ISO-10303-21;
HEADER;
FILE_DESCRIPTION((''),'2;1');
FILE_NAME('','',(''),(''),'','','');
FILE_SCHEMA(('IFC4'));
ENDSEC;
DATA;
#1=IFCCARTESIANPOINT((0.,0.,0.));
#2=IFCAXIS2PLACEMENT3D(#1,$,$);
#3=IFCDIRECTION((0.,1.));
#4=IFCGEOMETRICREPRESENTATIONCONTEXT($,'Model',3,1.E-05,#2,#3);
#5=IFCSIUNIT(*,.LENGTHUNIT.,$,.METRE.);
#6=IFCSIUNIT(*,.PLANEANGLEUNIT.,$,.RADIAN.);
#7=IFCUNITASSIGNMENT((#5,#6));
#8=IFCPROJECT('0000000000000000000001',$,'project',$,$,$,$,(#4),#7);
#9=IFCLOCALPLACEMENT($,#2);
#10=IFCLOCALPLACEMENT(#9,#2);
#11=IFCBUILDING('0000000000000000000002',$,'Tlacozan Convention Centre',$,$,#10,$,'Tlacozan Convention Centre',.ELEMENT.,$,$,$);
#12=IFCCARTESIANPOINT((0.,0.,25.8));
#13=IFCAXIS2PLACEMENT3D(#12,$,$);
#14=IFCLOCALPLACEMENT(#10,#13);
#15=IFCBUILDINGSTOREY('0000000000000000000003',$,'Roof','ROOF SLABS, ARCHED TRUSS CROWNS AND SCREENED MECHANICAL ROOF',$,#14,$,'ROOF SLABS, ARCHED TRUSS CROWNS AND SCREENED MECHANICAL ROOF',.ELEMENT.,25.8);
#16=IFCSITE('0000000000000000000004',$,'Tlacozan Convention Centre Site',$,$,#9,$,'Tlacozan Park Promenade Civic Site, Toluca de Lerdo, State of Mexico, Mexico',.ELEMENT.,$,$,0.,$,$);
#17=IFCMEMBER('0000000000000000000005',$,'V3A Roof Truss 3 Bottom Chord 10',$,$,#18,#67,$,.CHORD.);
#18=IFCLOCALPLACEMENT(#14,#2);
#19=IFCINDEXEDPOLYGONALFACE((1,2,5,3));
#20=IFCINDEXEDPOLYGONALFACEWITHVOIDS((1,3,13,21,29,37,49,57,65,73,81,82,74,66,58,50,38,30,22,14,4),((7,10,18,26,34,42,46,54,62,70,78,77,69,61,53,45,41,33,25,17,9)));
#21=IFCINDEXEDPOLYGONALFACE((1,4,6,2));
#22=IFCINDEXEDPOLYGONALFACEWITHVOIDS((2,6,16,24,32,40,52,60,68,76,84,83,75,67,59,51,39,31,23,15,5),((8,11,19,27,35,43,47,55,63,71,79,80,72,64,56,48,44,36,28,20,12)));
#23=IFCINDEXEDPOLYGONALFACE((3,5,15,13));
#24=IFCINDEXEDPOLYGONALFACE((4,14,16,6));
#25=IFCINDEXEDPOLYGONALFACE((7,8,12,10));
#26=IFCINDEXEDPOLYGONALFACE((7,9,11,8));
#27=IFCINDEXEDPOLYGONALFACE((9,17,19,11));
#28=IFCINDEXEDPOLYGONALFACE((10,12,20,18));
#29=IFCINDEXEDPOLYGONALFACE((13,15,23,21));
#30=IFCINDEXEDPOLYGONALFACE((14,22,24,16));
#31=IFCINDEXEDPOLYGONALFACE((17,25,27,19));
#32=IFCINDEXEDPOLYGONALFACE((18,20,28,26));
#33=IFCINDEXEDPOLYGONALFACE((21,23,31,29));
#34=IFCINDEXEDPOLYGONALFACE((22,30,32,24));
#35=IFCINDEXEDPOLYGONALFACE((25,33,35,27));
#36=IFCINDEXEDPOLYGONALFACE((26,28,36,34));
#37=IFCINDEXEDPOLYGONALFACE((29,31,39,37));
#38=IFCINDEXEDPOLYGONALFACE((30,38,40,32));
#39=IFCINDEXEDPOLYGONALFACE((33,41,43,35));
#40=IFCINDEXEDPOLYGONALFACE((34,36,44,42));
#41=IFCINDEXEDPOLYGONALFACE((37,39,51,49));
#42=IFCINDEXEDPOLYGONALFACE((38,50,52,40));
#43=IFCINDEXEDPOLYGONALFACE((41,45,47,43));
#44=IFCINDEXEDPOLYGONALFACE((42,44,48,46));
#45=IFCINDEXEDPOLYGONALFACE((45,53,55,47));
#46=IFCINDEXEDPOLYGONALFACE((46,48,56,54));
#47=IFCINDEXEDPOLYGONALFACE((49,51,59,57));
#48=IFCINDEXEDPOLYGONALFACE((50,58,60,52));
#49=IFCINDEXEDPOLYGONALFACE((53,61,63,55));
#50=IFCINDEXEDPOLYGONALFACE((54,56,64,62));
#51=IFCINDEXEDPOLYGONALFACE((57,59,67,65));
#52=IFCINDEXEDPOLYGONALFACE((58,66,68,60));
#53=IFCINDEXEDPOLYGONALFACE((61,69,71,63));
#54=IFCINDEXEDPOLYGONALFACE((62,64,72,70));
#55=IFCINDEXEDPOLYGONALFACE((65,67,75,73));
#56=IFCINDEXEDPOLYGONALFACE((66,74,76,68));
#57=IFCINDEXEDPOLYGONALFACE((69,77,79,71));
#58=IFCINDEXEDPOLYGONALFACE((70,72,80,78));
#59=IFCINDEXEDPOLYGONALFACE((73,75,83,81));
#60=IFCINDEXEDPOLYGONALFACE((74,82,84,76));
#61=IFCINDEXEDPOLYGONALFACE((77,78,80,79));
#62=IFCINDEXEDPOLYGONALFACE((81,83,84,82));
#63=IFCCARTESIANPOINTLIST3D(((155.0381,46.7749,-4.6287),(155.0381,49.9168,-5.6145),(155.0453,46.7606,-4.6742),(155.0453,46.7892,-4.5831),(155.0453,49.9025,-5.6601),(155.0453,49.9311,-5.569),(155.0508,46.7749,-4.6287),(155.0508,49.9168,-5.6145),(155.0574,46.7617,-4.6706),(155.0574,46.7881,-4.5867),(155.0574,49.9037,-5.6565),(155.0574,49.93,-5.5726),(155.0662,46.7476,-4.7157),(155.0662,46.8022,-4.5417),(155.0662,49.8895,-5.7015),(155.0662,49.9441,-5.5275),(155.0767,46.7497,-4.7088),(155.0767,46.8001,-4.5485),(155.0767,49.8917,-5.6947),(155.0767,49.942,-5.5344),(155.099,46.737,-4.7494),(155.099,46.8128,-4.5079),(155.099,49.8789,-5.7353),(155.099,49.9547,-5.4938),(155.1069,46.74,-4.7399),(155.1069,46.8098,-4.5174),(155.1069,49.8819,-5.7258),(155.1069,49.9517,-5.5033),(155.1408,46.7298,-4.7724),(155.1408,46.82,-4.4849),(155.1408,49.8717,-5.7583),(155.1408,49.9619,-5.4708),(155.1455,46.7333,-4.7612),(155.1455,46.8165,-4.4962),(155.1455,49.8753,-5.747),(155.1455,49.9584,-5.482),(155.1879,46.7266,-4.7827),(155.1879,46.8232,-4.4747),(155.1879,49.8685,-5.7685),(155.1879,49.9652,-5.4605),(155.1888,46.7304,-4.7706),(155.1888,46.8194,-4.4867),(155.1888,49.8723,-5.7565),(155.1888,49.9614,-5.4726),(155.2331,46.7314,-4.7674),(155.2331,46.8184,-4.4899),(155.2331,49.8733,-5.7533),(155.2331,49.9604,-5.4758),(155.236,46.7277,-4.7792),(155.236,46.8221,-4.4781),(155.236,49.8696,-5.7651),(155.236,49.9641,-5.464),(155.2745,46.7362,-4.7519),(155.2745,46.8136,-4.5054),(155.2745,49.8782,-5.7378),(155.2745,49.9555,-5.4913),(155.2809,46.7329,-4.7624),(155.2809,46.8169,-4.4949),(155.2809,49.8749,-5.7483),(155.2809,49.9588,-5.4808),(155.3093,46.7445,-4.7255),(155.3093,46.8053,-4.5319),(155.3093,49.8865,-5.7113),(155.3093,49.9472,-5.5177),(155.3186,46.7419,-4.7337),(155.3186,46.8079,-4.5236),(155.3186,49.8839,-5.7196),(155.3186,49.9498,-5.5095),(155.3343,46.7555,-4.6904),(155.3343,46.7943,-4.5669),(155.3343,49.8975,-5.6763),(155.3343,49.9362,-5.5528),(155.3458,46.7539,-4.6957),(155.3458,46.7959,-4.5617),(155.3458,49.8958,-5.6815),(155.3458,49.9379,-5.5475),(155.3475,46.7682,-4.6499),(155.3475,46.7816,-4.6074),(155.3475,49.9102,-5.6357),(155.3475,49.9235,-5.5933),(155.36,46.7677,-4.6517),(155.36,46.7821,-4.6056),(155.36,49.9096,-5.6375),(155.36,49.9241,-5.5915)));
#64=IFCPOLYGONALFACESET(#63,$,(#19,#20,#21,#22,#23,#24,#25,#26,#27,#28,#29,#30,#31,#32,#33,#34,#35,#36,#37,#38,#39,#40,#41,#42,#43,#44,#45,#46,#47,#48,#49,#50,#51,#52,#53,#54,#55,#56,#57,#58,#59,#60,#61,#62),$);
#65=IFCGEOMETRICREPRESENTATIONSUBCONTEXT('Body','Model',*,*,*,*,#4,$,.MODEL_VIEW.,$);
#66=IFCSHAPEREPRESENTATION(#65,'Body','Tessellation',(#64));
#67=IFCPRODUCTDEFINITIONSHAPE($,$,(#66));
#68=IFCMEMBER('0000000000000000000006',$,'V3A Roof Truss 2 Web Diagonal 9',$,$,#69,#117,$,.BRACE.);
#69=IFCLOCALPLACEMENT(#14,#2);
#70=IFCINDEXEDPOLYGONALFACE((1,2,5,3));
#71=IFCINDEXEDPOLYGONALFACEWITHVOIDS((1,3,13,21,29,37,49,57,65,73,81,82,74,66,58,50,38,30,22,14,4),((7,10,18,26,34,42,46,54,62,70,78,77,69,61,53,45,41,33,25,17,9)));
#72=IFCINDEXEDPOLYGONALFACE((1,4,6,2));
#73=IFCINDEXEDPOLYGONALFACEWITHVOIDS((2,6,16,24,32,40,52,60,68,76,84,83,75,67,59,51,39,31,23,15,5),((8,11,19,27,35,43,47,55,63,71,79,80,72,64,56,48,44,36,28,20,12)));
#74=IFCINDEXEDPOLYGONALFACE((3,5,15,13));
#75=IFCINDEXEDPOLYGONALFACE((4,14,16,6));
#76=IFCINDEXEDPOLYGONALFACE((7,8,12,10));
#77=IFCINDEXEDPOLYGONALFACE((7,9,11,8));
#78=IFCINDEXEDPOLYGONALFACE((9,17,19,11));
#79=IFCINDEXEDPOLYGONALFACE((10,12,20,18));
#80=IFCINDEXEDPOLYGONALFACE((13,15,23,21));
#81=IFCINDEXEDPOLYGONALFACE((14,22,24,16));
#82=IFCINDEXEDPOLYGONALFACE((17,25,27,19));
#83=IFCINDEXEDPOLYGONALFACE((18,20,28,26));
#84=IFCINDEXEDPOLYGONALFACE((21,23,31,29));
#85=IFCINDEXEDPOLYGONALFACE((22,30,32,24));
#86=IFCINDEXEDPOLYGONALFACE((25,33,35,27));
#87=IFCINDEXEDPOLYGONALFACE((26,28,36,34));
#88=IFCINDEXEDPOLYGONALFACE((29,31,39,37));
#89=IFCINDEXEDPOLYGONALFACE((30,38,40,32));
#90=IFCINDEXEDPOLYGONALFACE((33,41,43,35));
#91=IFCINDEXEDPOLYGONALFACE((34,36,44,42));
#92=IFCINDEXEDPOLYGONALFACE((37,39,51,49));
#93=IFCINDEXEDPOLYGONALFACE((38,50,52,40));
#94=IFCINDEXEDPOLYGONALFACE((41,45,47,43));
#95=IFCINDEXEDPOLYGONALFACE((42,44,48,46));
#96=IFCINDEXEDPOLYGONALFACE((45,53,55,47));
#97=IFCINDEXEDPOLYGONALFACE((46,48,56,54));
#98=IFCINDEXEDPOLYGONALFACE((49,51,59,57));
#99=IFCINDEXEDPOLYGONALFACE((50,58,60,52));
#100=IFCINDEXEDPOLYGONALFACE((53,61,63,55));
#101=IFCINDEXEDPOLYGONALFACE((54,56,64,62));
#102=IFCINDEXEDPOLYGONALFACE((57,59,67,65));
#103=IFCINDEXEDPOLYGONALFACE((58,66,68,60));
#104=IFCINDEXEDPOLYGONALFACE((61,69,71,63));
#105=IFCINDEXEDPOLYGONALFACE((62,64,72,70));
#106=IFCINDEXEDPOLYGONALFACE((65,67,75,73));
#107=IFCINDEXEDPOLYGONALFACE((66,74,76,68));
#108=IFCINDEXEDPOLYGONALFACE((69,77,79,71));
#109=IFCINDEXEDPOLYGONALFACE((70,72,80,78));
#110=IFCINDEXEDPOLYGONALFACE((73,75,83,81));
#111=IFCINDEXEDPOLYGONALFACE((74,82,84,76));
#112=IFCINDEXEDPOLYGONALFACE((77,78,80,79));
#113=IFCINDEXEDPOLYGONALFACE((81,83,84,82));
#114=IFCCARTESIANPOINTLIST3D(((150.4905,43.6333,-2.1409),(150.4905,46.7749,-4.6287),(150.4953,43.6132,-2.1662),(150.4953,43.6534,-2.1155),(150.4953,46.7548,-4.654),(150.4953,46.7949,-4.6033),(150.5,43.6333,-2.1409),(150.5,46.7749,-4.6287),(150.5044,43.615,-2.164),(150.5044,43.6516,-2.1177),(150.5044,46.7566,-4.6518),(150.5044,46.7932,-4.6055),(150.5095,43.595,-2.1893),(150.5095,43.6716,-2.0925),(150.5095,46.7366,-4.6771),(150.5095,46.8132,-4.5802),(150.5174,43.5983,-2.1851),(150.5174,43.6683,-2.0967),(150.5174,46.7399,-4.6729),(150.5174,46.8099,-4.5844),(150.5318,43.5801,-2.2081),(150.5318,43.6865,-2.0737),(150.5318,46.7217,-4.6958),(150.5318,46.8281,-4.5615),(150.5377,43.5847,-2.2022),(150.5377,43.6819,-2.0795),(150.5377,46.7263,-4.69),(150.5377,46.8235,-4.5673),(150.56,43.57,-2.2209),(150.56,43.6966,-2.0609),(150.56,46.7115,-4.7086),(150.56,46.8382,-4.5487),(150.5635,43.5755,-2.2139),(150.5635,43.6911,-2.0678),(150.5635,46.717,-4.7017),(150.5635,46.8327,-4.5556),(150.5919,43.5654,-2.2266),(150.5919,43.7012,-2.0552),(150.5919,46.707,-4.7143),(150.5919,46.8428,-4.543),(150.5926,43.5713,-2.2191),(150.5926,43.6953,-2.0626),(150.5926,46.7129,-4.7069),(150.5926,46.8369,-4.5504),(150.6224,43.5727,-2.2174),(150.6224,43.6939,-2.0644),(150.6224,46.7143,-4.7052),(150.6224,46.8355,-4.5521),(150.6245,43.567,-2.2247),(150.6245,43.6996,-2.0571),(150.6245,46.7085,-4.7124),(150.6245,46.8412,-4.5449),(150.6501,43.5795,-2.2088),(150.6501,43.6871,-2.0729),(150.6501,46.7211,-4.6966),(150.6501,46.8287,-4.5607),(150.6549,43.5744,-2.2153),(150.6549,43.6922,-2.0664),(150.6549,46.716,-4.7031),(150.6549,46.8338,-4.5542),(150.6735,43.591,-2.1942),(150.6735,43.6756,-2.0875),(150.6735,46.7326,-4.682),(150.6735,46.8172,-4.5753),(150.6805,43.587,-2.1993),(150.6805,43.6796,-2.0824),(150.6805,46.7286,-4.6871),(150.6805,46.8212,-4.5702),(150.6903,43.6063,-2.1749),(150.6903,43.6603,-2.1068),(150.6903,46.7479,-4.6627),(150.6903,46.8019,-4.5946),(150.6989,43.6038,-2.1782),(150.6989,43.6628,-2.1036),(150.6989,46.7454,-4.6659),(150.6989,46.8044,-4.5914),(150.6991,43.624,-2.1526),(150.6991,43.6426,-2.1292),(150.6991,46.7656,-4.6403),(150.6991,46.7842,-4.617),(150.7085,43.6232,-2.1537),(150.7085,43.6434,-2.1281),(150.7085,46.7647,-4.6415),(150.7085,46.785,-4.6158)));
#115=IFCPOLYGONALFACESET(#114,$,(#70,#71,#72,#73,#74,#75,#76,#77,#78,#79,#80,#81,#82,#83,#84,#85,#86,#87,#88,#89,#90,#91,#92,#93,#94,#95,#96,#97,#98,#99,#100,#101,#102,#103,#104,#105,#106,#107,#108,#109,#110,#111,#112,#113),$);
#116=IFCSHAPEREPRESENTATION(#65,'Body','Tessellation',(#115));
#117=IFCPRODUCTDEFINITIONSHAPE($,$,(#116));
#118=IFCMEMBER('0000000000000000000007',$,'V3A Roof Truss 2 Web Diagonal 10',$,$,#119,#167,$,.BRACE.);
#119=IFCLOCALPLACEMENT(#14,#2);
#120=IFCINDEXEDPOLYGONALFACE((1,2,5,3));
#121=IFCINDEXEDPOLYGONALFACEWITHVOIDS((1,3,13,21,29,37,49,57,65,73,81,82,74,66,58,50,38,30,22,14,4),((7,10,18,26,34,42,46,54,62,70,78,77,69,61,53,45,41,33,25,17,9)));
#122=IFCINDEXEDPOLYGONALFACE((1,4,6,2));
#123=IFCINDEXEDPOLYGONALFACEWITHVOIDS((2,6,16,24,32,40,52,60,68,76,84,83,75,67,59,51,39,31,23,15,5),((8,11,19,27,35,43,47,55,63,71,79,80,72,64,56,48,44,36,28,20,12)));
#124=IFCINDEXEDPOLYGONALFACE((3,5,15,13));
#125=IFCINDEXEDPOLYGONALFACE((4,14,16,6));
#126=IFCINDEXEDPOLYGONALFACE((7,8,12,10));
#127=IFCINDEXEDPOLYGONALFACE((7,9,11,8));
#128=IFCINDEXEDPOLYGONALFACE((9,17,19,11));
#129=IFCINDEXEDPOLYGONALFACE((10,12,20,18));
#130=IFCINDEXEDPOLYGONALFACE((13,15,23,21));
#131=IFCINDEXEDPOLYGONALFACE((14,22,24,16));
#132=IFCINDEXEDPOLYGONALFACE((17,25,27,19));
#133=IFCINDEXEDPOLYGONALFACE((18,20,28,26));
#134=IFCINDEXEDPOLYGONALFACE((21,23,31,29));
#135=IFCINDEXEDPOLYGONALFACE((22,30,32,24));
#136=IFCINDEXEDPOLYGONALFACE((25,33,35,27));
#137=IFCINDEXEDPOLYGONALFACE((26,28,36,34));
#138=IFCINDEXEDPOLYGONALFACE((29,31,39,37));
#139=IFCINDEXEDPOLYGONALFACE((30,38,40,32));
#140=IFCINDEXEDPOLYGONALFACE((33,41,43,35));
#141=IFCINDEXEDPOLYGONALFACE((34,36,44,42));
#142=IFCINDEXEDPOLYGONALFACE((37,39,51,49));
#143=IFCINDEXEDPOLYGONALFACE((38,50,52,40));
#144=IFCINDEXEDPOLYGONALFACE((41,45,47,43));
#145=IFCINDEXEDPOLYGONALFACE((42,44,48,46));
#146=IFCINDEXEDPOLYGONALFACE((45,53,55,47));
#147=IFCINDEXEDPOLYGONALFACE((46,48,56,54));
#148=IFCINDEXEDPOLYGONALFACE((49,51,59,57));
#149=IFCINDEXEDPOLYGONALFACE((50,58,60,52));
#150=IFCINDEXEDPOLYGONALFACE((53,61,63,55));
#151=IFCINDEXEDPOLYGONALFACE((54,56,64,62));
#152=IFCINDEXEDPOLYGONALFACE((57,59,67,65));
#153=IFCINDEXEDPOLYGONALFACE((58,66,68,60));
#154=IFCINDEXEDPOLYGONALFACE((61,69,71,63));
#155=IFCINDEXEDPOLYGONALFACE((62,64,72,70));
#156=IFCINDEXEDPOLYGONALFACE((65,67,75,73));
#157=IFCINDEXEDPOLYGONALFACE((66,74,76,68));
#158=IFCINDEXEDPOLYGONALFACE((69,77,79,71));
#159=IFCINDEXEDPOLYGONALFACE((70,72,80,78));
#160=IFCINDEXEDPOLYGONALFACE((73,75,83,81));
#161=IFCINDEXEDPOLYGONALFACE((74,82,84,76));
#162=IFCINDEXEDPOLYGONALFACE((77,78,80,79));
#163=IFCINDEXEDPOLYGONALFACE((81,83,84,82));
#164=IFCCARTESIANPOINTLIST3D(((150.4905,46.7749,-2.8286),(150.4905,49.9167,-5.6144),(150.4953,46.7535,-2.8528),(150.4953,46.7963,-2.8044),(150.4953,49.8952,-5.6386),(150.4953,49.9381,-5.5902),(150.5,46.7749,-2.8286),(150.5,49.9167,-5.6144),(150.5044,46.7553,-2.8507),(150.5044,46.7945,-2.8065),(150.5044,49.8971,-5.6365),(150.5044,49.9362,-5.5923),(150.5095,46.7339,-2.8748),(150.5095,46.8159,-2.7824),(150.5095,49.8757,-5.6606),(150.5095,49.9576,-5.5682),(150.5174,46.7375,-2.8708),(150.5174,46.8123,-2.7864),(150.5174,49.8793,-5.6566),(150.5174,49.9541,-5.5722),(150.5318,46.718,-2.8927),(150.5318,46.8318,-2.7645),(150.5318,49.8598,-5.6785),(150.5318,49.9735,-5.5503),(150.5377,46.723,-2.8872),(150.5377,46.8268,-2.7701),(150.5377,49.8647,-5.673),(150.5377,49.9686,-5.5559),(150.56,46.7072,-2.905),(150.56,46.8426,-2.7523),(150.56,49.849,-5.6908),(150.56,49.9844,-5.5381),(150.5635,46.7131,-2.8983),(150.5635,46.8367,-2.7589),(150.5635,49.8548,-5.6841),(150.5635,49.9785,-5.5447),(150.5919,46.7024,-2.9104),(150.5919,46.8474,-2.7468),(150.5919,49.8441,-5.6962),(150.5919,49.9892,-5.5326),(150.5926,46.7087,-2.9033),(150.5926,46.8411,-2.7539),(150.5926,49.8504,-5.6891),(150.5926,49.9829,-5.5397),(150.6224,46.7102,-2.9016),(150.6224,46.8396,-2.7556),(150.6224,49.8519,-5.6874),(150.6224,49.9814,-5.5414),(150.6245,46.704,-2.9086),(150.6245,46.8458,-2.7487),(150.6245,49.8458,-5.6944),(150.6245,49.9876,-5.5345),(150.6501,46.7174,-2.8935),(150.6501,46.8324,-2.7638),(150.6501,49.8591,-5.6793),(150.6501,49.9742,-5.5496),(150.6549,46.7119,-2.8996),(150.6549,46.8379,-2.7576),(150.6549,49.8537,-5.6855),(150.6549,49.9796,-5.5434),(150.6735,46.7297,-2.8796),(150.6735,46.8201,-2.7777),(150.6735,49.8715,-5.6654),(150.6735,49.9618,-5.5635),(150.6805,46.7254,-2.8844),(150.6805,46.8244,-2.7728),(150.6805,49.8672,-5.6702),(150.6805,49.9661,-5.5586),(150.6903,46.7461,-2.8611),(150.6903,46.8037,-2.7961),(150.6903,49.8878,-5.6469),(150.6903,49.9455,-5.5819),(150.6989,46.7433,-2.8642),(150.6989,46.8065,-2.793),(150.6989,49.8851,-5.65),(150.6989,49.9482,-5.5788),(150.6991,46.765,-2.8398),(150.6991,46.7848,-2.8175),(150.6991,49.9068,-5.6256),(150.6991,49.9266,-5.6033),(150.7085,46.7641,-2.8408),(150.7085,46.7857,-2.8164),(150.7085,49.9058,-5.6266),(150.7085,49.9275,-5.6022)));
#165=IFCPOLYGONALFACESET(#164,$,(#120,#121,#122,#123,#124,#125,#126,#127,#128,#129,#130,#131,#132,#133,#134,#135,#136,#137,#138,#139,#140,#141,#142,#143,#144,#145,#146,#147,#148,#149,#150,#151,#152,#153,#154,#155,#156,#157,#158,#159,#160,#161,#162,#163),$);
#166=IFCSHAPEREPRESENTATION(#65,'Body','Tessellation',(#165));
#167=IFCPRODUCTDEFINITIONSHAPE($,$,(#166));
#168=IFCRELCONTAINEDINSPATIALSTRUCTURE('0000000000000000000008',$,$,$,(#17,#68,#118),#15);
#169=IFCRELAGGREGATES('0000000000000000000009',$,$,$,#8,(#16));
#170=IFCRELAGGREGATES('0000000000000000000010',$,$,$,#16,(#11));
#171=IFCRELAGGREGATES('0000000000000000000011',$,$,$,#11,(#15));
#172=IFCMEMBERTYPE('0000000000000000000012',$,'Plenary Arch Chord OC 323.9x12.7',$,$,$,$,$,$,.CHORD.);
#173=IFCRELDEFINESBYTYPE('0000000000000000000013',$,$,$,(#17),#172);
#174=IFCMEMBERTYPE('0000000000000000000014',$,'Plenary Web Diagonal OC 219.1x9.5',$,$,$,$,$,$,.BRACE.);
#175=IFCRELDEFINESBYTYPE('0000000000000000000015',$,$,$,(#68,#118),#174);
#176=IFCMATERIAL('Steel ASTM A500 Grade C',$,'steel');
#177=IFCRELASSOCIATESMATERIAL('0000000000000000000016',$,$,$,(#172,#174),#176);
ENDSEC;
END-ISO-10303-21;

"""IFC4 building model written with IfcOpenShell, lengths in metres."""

from ifc_helpers import new_model, si_unit, direction, frame, origin, origin_2d, place, context, subcontext, project, spatial, hollow_circle, extrude, material, material_profile, profile_set, type_object, element, save


model = new_model("IFC4")

# Units and contexts
model_context = context("Model", 3, precision=1e-05, world=origin(), true_north=direction((0.0, 1.0)))
body_context = subcontext(model_context, "Body", "Model", "MODEL_VIEW")
ifc_project = project(units=[si_unit("LENGTHUNIT", "METRE"), si_unit("PLANEANGLEUNIT", "RADIAN")], contexts=[model_context])

# Site, building, storey
site_placement = place(None, origin())
site = spatial("IfcSite", under=ifc_project, at=site_placement, Name="Tlacozan Convention Centre Site", LongName="Tlacozan Park Promenade Civic Site, Toluca de Lerdo, State of Mexico, Mexico", CompositionType="ELEMENT", RefElevation=0.0)
building_placement = place(site_placement, origin())
building = spatial("IfcBuilding", under=site, at=building_placement, Name="Tlacozan Convention Centre", LongName="Tlacozan Convention Centre", CompositionType="ELEMENT")
storey_placement = place(building_placement, frame((0.0, 0.0, 25.8)))
storey = spatial("IfcBuildingStorey", under=building, at=storey_placement, Name="Roof", Description="ROOF SLABS, ARCHED TRUSS CROWNS AND SCREENED MECHANICAL ROOF", LongName="ROOF SLABS, ARCHED TRUSS CROWNS AND SCREENED MECHANICAL ROOF", CompositionType="ELEMENT", Elevation=25.8)

# Members
ifc_material_1 = material(Name="Steel ASTM A500 Grade C", Category="steel")
ifc_material_profile_1 = material_profile(ifc_material_1, hollow_circle(Radius=0.1619, WallThickness=0.0127, at=origin_2d()), Name="OC 323.9x12.7")
ifc_profile_set_1 = profile_set([ifc_material_profile_1], Name="Steel ASTM A500 Grade C")
member_type_1 = type_object("IfcMemberType", Name="Plenary Arch Chord OC 323.9x12.7", PredefinedType="CHORD", material=ifc_profile_set_1)
for number, where, z_axis, x_axis, name in (
    (1, (155.2, 46.7749, -4.6287), (0.0, 0.954132, -0.299385), (-1.0, 0.0, 0.0), "V3A Roof Truss 3 Bottom Chord 10"),
):
    element("IfcMember", number, at=place(storey_placement, frame(where, z_axis=z_axis, x_axis=x_axis)), inside=storey, type_object=member_type_1, Name=name, PredefinedType="CHORD", context=body_context, shape_type="SweptSolid", body=[
        extrude(hollow_circle(Radius=0.1619, WallThickness=0.0127, at=origin_2d()), origin(), (0.0, 0.0, 1.0), 3.293),
    ])
ifc_material_profile_2 = material_profile(ifc_material_1, hollow_circle(Radius=0.1096, WallThickness=0.0095, at=origin_2d()), Name="OC 219.1x9.5")
ifc_profile_set_2 = profile_set([ifc_material_profile_2], Name="Steel ASTM A500 Grade C")
member_type_2 = type_object("IfcMemberType", Name="Plenary Web Diagonal OC 219.1x9.5", PredefinedType="BRACE", material=ifc_profile_set_2)
member_1_placement = place(storey_placement, frame((150.6001, 43.6333, -2.1409), z_axis=(0.0, 0.783962, -0.620809), x_axis=(-1.0, 0.0, 0.0)))
element("IfcMember", 2, at=member_1_placement, inside=storey, type_object=member_type_2, Name="V3A Roof Truss 2 Web Diagonal 9", PredefinedType="BRACE", context=body_context, shape_type="SweptSolid", body=[
    extrude(hollow_circle(Radius=0.1096, WallThickness=0.0095, at=origin_2d()), origin(), (0.0, 0.0, 1.0), 4.0073),
])
member_2_placement = place(storey_placement, frame((150.6001, 46.7749, -2.8286), z_axis=(0.0, 0.74822, -0.66345), x_axis=(-1.0, 0.0, 0.0)))
element("IfcMember", 3, at=member_2_placement, inside=storey, type_object=member_type_2, Name="V3A Roof Truss 2 Web Diagonal 10", PredefinedType="BRACE", context=body_context, shape_type="SweptSolid", body=[
    extrude(hollow_circle(Radius=0.1096, WallThickness=0.0095, at=origin_2d()), origin(), (0.0, 0.0, 1.0), 4.199),
])

save(model, "model.ifc")
